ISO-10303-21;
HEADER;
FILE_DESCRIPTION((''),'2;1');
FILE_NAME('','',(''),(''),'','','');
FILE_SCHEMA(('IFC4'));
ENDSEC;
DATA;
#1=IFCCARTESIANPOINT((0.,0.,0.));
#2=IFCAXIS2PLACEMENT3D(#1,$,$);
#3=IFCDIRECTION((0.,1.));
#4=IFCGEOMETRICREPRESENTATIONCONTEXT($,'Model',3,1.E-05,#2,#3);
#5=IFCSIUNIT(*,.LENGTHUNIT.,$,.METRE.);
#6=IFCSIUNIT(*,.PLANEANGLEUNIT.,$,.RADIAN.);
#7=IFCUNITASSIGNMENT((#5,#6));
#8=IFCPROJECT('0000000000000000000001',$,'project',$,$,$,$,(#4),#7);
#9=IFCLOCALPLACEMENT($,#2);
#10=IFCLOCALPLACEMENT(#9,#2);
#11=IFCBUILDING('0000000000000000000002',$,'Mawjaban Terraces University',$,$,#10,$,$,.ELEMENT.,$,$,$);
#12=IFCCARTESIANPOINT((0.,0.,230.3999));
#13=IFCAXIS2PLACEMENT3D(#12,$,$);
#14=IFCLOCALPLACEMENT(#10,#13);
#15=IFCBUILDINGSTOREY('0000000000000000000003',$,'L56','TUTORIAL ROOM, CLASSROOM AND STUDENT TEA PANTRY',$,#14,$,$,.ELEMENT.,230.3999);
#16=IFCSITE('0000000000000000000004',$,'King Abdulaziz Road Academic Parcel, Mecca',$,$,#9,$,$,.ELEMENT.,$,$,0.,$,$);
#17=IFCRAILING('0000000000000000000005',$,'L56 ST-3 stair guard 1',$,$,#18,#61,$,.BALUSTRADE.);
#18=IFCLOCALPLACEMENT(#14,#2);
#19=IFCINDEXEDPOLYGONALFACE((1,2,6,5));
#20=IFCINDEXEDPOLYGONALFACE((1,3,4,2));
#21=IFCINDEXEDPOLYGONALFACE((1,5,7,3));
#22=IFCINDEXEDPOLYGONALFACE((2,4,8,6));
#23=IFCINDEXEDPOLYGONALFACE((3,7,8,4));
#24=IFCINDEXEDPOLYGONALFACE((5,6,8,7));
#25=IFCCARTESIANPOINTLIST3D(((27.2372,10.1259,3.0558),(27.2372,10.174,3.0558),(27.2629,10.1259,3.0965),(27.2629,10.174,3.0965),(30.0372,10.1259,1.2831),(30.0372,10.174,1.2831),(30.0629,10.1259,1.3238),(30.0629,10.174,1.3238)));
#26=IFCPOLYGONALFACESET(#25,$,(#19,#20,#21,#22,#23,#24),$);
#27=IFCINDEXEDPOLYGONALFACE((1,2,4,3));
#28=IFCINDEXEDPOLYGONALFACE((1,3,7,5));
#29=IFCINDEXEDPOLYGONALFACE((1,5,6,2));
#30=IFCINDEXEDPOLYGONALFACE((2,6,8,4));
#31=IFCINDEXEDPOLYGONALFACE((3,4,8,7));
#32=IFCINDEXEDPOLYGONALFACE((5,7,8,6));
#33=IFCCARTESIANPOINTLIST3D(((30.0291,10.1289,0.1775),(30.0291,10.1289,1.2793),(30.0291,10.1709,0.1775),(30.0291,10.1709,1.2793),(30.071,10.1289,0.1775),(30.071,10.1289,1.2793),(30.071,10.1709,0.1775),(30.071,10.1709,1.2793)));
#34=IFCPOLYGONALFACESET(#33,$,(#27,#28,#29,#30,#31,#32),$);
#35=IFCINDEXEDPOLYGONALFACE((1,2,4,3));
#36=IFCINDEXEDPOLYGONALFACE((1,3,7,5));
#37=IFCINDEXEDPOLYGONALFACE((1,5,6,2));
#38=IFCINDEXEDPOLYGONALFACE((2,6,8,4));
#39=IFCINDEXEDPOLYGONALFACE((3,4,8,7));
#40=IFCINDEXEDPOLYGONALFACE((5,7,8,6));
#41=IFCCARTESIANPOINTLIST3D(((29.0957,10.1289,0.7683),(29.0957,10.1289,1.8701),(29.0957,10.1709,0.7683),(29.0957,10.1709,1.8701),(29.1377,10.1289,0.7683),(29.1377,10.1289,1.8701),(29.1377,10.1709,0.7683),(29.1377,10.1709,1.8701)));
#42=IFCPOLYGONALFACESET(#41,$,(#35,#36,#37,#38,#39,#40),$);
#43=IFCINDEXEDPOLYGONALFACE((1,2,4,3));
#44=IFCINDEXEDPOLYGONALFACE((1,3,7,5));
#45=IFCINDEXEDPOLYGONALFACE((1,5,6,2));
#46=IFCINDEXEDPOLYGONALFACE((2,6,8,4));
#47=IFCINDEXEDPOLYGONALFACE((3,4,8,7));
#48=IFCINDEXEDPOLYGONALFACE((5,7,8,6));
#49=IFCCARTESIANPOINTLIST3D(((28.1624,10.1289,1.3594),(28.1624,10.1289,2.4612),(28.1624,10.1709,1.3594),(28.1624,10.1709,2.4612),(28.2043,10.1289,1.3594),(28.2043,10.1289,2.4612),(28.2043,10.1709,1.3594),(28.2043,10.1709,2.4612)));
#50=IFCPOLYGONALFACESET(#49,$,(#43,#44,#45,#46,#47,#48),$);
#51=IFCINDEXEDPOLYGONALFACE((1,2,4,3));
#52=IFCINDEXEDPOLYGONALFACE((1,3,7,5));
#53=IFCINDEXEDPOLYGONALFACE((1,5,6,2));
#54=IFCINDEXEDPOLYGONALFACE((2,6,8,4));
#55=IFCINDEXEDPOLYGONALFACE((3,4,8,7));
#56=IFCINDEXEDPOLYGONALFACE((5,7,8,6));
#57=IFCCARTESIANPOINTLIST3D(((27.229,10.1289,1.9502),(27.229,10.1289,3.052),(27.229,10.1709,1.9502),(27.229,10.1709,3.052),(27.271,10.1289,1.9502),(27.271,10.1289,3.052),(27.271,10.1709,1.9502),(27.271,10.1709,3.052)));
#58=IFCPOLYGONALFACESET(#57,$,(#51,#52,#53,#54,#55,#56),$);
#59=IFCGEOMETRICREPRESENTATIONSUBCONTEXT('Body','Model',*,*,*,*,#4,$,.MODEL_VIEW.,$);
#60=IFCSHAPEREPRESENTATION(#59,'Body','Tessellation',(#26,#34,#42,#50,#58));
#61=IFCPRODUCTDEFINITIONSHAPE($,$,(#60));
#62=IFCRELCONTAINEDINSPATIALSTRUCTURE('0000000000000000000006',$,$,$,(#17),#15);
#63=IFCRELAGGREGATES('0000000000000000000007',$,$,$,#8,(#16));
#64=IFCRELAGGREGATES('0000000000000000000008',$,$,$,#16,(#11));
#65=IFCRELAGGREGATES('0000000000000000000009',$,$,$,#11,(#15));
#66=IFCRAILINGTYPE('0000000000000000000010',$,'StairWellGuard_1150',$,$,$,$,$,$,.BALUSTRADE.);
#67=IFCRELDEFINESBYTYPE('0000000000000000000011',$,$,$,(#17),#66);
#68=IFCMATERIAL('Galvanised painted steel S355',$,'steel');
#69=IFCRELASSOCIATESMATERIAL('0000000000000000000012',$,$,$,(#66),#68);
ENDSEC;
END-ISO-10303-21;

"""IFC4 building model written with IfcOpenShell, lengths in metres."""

from ifc_helpers import new_model, si_unit, direction, frame, origin, origin_2d, place, context, subcontext, project, spatial, rectangle, extrude, material, type_object, element, save


model = new_model("IFC4")

# Units and contexts
model_context = context("Model", 3, precision=1e-05, world=origin(), true_north=direction((0.0, 1.0)))
body_context = subcontext(model_context, "Body", "Model", "MODEL_VIEW")
ifc_project = project(units=[si_unit("LENGTHUNIT", "METRE"), si_unit("PLANEANGLEUNIT", "RADIAN")], contexts=[model_context])

# Site, building, storey
site_placement = place(None, origin())
site = spatial("IfcSite", under=ifc_project, at=site_placement, Name="King Abdulaziz Road Academic Parcel, Mecca", CompositionType="ELEMENT", RefElevation=0.0)
building_placement = place(site_placement, origin())
building = spatial("IfcBuilding", under=site, at=building_placement, Name="Mawjaban Terraces University", CompositionType="ELEMENT")
storey_placement = place(building_placement, frame((0.0, 0.0, 230.3999)))
storey = spatial("IfcBuildingStorey", under=building, at=storey_placement, Name="L56", Description="TUTORIAL ROOM, CLASSROOM AND STUDENT TEA PANTRY", CompositionType="ELEMENT", Elevation=230.3999)

# Railing
ifc_material_1 = material(Name="Galvanised painted steel S355", Category="steel")
railing_type_1 = type_object("IfcRailingType", Name="StairWellGuard_1150", PredefinedType="BALUSTRADE", material=ifc_material_1)
railing_1_placement = place(storey_placement, frame((30.05, 10.1499, 0.1775)))
element("IfcRailing", 1, at=railing_1_placement, inside=storey, type_object=railing_type_1, Name="L56 ST-3 stair guard 1", PredefinedType="BALUSTRADE", context=body_context, shape_type="SweptSolid", body=[
    extrude(rectangle(XDim=0.0481, YDim=0.0481, at=origin_2d()), frame((0.0, 0.0, 1.126), z_axis=(-0.844909, 0.0, 0.53491), x_axis=(0.0, -1.0, 0.0)), (0.0, 0.0, 1.0), 3.314),
    extrude(rectangle(XDim=0.042, YDim=0.042, at=origin_2d()), origin(), (0.0, 0.0, 1.0), 1.1018),
    extrude(rectangle(XDim=0.042, YDim=0.042, at=origin_2d()), frame((-0.9333, 0.0, 0.5908)), (0.0, 0.0, 1.0), 1.1018),
    extrude(rectangle(XDim=0.042, YDim=0.042, at=origin_2d()), frame((-1.8667, 0.0, 1.1819)), (0.0, 0.0, 1.0), 1.1018),
    extrude(rectangle(XDim=0.042, YDim=0.042, at=origin_2d()), frame((-2.8, 0.0, 1.7727)), (0.0, 0.0, 1.0), 1.1018),
])

save(model, "model.ifc")
